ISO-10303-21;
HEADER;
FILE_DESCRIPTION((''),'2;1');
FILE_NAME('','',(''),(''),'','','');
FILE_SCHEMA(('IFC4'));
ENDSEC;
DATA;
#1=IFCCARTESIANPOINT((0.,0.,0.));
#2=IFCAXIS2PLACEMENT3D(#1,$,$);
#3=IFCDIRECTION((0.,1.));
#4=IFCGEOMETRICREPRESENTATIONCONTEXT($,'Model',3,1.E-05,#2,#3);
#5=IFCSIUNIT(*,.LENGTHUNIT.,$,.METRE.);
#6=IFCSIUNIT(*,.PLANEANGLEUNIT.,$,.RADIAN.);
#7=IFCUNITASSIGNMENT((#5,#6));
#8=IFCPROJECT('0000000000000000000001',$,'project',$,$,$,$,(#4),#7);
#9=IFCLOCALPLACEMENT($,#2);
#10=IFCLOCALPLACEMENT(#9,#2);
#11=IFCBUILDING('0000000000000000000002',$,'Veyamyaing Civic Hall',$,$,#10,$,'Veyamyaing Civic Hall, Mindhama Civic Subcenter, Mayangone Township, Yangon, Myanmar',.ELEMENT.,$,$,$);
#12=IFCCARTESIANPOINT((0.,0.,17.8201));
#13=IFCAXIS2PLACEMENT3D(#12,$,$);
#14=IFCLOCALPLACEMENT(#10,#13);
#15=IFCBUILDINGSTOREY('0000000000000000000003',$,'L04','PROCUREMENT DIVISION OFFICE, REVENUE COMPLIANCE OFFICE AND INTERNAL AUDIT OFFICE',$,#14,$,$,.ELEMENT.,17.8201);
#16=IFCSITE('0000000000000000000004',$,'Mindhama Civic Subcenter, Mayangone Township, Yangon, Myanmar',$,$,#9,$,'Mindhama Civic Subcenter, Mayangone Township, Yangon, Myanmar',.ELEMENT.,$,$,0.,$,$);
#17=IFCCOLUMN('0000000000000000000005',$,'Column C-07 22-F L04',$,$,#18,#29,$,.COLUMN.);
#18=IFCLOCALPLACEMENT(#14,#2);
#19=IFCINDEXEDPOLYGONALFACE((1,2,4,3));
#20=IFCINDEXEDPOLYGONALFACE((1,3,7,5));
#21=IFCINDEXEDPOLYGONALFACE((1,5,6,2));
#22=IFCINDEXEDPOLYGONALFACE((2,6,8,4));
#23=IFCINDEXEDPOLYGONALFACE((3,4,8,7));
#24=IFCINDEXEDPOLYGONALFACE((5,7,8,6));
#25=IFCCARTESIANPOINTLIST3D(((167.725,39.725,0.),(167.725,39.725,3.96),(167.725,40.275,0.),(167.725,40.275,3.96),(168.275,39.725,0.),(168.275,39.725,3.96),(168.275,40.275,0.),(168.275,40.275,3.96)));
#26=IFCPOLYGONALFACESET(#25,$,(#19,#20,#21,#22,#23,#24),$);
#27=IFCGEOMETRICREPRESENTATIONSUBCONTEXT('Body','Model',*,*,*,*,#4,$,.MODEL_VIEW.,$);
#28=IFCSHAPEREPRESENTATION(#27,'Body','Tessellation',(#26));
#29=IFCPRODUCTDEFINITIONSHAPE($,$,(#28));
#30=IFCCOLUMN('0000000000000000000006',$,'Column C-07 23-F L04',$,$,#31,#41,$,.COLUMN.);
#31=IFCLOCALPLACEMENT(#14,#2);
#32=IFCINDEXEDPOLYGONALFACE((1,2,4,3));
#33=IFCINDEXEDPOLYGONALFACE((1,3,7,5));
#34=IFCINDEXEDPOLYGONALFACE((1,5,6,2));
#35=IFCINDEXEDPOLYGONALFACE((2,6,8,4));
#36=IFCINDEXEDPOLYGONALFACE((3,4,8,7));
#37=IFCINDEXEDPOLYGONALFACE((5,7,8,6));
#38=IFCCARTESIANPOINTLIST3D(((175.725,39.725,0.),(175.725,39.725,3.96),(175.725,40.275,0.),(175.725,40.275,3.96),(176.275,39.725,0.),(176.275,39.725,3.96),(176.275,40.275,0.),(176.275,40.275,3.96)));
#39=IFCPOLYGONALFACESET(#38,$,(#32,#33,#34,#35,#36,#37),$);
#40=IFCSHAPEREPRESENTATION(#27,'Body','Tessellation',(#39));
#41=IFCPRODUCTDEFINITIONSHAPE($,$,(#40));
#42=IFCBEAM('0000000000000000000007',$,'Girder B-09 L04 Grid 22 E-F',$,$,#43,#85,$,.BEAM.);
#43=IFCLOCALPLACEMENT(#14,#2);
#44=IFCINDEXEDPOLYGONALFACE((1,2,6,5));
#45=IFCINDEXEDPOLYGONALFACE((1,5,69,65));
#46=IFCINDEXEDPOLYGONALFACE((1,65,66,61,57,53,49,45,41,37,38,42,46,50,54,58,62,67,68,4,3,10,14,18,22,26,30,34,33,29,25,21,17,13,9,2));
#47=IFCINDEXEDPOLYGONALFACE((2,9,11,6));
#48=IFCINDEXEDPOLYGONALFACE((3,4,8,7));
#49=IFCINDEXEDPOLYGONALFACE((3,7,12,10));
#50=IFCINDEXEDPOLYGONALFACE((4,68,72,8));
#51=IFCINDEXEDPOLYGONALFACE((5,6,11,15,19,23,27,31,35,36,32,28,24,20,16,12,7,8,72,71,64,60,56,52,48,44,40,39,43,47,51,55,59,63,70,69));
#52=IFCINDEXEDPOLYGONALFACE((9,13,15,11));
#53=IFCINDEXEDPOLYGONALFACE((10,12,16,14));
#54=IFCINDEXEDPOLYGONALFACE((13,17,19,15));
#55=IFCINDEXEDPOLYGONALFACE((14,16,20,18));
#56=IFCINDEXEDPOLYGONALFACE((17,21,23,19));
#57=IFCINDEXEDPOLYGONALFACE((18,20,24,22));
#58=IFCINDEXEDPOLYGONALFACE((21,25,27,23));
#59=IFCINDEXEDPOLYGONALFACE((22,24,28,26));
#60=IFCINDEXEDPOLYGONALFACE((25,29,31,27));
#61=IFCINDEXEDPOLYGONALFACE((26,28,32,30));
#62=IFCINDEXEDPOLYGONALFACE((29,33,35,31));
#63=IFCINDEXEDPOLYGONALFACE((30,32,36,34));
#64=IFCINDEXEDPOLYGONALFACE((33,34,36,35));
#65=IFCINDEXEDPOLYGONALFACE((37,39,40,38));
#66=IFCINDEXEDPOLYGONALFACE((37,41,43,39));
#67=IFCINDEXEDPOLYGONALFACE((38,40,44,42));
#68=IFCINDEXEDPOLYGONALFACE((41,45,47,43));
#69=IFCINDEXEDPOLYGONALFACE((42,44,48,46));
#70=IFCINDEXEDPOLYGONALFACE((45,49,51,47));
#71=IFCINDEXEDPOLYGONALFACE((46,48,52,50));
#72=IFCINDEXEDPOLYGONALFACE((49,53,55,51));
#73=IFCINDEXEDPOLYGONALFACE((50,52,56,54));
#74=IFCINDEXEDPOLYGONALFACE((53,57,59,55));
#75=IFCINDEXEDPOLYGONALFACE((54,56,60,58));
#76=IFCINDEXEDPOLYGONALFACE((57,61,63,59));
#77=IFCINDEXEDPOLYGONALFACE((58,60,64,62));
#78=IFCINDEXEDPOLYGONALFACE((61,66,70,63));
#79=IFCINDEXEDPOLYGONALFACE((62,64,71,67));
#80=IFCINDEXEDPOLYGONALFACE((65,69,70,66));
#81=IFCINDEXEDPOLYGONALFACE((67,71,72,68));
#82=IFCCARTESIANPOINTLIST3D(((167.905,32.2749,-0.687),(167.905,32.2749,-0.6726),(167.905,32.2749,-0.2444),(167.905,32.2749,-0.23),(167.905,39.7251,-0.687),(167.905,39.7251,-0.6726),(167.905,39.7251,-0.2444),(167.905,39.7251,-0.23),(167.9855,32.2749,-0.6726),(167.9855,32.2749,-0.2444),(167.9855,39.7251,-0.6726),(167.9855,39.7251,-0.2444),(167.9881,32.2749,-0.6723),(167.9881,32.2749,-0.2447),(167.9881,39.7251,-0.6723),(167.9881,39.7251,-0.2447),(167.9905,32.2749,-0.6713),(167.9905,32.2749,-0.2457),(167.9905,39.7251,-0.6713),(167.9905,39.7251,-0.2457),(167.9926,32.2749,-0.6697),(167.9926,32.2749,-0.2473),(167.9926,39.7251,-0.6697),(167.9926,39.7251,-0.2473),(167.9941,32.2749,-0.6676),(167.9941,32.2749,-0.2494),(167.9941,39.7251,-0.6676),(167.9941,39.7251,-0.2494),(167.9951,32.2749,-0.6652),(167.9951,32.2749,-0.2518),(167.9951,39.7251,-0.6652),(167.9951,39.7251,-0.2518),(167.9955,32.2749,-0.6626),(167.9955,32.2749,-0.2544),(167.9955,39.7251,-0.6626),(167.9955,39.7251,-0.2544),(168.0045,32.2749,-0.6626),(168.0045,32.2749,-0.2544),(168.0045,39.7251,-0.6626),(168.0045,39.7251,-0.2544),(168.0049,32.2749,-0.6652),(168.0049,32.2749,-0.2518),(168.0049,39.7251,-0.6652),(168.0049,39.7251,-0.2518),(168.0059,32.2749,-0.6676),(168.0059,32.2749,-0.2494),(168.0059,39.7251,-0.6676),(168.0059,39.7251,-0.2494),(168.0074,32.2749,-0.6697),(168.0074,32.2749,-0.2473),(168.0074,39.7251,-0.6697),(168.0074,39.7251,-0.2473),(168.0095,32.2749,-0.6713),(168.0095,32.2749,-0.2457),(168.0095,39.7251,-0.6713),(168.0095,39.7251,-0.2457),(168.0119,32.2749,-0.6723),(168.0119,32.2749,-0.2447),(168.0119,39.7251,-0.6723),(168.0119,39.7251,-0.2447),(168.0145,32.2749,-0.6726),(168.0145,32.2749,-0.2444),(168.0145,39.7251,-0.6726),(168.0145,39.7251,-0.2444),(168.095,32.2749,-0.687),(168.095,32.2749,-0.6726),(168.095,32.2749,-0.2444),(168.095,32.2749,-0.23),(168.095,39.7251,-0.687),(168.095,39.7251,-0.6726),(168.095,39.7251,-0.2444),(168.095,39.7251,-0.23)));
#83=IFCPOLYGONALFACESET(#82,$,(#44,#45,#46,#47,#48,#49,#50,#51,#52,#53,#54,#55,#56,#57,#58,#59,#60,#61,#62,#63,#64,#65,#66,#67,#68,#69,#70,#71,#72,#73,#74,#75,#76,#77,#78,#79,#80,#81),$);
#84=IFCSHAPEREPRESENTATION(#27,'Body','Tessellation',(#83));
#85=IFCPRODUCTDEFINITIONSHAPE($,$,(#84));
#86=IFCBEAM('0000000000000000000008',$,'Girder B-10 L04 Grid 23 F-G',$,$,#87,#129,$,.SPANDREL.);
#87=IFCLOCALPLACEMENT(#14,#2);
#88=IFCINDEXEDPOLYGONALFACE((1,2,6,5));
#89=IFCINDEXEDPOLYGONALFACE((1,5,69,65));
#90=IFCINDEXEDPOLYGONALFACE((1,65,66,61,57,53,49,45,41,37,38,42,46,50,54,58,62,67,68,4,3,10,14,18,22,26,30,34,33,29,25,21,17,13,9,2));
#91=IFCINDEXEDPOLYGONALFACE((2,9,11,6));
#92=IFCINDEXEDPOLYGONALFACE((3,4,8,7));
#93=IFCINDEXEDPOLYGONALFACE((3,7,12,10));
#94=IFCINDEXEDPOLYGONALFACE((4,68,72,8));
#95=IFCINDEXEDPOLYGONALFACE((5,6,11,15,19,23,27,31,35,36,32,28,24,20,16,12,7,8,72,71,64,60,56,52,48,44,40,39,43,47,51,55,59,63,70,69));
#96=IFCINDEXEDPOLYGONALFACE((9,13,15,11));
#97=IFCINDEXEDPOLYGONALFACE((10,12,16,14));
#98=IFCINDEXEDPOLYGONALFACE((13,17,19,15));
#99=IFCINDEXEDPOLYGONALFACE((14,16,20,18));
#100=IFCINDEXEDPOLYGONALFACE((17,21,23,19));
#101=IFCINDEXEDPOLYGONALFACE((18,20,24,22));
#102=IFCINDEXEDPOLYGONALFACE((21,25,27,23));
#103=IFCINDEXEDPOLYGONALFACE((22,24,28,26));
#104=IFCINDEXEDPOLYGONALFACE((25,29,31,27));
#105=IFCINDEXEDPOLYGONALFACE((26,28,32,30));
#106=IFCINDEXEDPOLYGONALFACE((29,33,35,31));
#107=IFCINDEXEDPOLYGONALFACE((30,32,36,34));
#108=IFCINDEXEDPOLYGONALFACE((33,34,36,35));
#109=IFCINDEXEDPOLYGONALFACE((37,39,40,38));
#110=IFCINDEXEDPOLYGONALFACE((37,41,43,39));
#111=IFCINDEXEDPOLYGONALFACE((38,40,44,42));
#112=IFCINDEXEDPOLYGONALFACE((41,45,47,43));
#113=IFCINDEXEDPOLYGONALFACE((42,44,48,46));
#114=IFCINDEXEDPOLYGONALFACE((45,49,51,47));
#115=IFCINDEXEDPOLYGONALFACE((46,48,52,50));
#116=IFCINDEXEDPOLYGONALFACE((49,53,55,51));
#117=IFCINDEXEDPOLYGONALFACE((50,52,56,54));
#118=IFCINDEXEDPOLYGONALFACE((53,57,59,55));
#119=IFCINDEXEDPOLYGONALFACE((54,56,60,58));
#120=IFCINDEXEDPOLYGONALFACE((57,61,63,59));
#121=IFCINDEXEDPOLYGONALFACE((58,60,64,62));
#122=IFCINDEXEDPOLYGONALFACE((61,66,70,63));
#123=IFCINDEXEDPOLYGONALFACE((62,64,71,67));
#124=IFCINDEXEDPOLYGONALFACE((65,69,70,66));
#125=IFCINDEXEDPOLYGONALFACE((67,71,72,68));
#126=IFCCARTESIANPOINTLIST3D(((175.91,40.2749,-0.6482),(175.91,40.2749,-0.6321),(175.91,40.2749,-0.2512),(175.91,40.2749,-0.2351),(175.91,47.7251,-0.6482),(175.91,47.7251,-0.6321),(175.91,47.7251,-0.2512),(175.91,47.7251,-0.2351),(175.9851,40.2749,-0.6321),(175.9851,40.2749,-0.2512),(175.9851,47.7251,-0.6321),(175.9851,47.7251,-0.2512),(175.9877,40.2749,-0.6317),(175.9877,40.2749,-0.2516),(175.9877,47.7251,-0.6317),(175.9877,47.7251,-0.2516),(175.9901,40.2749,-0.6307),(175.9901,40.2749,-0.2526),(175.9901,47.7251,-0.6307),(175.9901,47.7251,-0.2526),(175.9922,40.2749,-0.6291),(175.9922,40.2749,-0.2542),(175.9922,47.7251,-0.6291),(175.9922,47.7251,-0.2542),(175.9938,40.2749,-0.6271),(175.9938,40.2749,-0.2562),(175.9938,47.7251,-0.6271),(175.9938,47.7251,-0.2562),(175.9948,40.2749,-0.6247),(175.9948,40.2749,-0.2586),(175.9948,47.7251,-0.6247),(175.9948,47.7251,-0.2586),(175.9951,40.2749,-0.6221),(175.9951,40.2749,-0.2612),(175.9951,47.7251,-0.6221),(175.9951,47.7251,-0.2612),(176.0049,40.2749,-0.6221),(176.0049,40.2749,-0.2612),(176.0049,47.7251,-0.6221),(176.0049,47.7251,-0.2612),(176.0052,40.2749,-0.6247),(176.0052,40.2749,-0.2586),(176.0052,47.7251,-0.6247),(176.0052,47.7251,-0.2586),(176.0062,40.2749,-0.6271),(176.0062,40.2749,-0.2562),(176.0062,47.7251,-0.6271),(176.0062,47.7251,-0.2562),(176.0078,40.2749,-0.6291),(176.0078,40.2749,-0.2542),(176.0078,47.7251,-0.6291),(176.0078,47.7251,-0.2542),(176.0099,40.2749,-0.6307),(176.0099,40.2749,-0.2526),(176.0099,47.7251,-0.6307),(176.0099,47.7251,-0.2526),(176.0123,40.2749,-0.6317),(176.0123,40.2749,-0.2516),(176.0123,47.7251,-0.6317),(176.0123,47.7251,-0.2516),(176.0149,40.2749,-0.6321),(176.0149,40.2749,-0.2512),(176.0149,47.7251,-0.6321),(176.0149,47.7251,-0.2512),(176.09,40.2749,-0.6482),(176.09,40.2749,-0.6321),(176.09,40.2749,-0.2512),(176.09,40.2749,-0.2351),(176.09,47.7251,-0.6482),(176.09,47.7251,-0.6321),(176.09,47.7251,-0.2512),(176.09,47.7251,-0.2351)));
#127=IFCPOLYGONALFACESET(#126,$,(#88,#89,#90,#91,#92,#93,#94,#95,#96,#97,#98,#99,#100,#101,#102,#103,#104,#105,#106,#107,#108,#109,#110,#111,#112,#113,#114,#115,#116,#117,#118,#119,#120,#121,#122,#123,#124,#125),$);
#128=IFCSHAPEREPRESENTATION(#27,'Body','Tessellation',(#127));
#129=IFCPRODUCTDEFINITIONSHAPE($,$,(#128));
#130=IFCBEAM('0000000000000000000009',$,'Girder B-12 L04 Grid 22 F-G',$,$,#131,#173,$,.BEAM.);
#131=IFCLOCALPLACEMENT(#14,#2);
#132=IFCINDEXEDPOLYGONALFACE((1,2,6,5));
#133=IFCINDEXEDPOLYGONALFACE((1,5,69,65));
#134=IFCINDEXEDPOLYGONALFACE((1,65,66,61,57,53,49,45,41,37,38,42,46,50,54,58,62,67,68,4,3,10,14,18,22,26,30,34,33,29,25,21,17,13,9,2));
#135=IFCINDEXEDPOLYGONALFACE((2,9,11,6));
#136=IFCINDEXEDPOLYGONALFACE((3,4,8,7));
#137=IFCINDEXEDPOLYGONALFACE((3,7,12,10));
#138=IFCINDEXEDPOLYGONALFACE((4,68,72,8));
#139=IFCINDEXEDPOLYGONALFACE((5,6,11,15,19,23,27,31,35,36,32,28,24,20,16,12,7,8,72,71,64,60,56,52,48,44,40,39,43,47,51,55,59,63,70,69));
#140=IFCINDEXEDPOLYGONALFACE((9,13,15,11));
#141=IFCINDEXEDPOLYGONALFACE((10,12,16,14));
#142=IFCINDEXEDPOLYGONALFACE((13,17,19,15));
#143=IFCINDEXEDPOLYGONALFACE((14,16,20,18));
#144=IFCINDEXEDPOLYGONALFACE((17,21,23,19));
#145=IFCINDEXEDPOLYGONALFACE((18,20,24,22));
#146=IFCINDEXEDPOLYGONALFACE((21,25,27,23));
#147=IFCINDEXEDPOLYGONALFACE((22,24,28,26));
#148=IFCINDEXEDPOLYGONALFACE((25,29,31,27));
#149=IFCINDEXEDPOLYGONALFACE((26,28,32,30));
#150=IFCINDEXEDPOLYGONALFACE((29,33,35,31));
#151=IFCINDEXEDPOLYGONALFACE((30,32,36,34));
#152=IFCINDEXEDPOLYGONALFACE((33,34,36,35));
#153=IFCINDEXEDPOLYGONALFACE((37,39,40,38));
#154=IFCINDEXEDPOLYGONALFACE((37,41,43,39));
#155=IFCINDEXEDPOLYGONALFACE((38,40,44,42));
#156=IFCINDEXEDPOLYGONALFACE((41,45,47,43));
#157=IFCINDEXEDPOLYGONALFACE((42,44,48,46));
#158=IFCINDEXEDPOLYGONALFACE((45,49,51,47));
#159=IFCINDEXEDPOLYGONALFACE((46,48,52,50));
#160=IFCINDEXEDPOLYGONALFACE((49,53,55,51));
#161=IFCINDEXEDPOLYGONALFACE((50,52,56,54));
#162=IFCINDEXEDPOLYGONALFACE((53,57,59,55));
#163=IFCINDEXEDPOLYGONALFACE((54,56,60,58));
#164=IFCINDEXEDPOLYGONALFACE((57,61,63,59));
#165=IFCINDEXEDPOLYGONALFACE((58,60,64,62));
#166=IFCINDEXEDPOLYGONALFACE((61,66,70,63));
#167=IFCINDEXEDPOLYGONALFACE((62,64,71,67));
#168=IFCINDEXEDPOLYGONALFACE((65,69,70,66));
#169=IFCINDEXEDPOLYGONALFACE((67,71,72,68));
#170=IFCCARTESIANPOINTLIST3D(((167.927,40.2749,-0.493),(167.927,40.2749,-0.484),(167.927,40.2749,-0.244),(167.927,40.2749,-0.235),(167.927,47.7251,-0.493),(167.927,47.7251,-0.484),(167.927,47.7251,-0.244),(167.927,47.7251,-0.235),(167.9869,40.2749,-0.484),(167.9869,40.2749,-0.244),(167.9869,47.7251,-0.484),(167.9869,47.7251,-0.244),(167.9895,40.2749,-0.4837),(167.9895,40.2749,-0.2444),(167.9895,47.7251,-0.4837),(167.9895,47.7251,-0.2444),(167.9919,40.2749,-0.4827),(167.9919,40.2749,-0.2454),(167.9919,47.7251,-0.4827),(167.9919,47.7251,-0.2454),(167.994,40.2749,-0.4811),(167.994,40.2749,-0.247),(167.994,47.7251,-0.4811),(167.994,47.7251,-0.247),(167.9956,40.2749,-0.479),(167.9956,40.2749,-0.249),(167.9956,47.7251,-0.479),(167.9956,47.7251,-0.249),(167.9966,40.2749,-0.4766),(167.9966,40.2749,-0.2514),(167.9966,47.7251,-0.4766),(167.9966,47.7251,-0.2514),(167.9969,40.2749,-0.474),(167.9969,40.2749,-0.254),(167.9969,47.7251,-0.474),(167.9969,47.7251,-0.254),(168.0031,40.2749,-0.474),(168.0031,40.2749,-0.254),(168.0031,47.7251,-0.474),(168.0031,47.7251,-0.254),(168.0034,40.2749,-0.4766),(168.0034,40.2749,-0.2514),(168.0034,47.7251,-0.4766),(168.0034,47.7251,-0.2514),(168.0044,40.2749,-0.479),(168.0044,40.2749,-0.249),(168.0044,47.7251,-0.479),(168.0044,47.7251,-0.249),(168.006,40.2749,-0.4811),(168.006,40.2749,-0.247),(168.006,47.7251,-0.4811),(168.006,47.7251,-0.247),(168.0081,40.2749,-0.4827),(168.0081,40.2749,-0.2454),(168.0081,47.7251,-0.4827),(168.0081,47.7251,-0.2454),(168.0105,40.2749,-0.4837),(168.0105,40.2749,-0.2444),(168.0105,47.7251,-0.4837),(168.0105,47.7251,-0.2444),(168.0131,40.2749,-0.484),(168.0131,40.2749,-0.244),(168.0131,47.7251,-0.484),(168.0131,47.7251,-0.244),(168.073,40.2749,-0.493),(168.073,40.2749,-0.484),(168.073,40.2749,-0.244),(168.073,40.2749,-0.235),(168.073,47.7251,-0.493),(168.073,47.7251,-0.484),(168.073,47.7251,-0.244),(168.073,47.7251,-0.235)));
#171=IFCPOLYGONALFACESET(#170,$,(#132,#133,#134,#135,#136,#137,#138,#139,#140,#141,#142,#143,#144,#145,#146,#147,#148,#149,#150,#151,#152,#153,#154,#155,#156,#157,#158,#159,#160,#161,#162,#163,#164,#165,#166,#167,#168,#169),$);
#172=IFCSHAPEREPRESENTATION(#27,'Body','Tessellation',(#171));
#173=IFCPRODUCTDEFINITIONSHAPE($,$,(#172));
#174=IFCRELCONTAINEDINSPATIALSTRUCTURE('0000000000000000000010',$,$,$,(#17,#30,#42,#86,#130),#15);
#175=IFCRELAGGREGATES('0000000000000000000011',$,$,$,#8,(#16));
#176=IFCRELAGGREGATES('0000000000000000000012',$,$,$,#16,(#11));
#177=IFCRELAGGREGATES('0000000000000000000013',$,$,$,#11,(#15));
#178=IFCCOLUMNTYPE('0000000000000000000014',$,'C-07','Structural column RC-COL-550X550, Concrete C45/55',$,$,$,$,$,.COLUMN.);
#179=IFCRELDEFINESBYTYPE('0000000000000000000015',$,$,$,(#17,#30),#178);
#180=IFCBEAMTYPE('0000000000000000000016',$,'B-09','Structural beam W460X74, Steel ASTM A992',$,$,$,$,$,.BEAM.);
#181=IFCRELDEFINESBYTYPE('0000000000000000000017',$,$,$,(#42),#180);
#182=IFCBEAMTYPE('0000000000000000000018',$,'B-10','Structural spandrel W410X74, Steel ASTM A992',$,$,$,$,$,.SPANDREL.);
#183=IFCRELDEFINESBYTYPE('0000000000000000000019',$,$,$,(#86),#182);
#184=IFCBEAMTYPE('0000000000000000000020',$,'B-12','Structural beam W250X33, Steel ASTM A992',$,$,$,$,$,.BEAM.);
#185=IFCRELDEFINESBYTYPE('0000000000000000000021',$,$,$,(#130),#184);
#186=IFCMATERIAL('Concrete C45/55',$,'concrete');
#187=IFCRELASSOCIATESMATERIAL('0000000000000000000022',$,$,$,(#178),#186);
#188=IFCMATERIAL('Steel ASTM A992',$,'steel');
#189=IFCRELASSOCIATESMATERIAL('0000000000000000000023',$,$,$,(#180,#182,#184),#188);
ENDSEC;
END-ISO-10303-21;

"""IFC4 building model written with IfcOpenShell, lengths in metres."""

from ifc_helpers import new_model, si_unit, direction, frame, origin, origin_2d, place, context, subcontext, project, spatial, rectangle, i_section, extrude, material, material_profile, profile_set, type_object, element, save


model = new_model("IFC4")

# Units and contexts
model_context = context("Model", 3, precision=1e-05, world=origin(), true_north=direction((0.0, 1.0)))
body_context = subcontext(model_context, "Body", "Model", "MODEL_VIEW")
ifc_project = project(units=[si_unit("LENGTHUNIT", "METRE"), si_unit("PLANEANGLEUNIT", "RADIAN")], contexts=[model_context])

# Site, building, storey
site_placement = place(None, origin())
site = spatial("IfcSite", under=ifc_project, at=site_placement, Name="Mindhama Civic Subcenter, Mayangone Township, Yangon, Myanmar", LongName="Mindhama Civic Subcenter, Mayangone Township, Yangon, Myanmar", CompositionType="ELEMENT", RefElevation=0.0)
building_placement = place(site_placement, origin())
building = spatial("IfcBuilding", under=site, at=building_placement, Name="Veyamyaing Civic Hall", LongName="Veyamyaing Civic Hall, Mindhama Civic Subcenter, Mayangone Township, Yangon, Myanmar", CompositionType="ELEMENT")
storey_placement = place(building_placement, frame((0.0, 0.0, 17.8201)))
storey = spatial("IfcBuildingStorey", under=building, at=storey_placement, Name="L04", Description="PROCUREMENT DIVISION OFFICE, REVENUE COMPLIANCE OFFICE AND INTERNAL AUDIT OFFICE", CompositionType="ELEMENT", Elevation=17.8201)

# Columns
ifc_material_1 = material(Name="Concrete C45/55", Category="concrete")
ifc_material_profile_1 = material_profile(ifc_material_1, rectangle(XDim=0.55, YDim=0.55, at=origin_2d()), Name="RC-COL-550X550")
ifc_profile_set_1 = profile_set([ifc_material_profile_1], Name="Concrete C45/55")
column_type = type_object("IfcColumnType", Name="C-07", Description="Structural column RC-COL-550X550, Concrete C45/55", PredefinedType="COLUMN", material=ifc_profile_set_1)
for number, where, z_axis, x_axis, name in (
    (1, (168.0, 40.0, 0.0), (0.0, 0.0, 1.0), (1.0, 0.0, 0.0), "Column C-07 22-F L04"),
    (2, (176.0, 40.0, 0.0), (0.0, 0.0, 1.0), (1.0, 0.0, 0.0), "Column C-07 23-F L04"),
):
    element("IfcColumn", number, at=place(storey_placement, frame(where, z_axis=z_axis, x_axis=x_axis)), inside=storey, type_object=column_type, Name=name, PredefinedType="COLUMN", context=body_context, shape_type="SweptSolid", body=[
        extrude(rectangle(XDim=0.55, YDim=0.55, at=origin_2d()), origin(), (0.0, 0.0, 1.0), 3.96),
    ])

# Beams
ifc_material_2 = material(Name="Steel ASTM A992", Category="steel")
ifc_material_profile_2 = material_profile(ifc_material_2, i_section(OverallWidth=0.1899, OverallDepth=0.457, WebThickness=0.009, FlangeThickness=0.0144, FilletRadius=0.01, at=origin_2d()), Name="W460X74")
ifc_profile_set_2 = profile_set([ifc_material_profile_2], Name="Steel ASTM A992")
beam_type_1 = type_object("IfcBeamType", Name="B-09", Description="Structural beam W460X74, Steel ASTM A992", PredefinedType="BEAM", material=ifc_profile_set_2)
beam_1_placement = place(storey_placement, frame((168.0, 32.2749, -0.4585), z_axis=(0.0, 1.0, 0.0), x_axis=(-1.0, 0.0, 0.0)))
element("IfcBeam", 3, at=beam_1_placement, inside=storey, type_object=beam_type_1, Name="Girder B-09 L04 Grid 22 E-F", PredefinedType="BEAM", context=body_context, shape_type="SweptSolid", body=[
    extrude(i_section(OverallWidth=0.1899, OverallDepth=0.457, WebThickness=0.009, FlangeThickness=0.0144, FilletRadius=0.01, at=origin_2d()), origin(), (0.0, 0.0, 1.0), 7.4502),
])
ifc_material_profile_3 = material_profile(ifc_material_2, i_section(OverallWidth=0.1799, OverallDepth=0.4131, WebThickness=0.0098, FlangeThickness=0.0161, FilletRadius=0.01, at=origin_2d()), Name="W410X74")
ifc_profile_set_3 = profile_set([ifc_material_profile_3], Name="Steel ASTM A992")
beam_type_2 = type_object("IfcBeamType", Name="B-10", Description="Structural spandrel W410X74, Steel ASTM A992", PredefinedType="SPANDREL", material=ifc_profile_set_3)
beam_2_placement = place(storey_placement, frame((176.0, 40.2749, -0.4417), z_axis=(0.0, 1.0, 0.0), x_axis=(-1.0, 0.0, 0.0)))
element("IfcBeam", 4, at=beam_2_placement, inside=storey, type_object=beam_type_2, Name="Girder B-10 L04 Grid 23 F-G", PredefinedType="SPANDREL", context=body_context, shape_type="SweptSolid", body=[
    extrude(i_section(OverallWidth=0.1799, OverallDepth=0.4131, WebThickness=0.0098, FlangeThickness=0.0161, FilletRadius=0.01, at=origin_2d()), origin(), (0.0, 0.0, 1.0), 7.4502),
])
ifc_material_profile_4 = material_profile(ifc_material_2, i_section(OverallWidth=0.146, OverallDepth=0.2581, WebThickness=0.0061, FlangeThickness=0.009, FilletRadius=0.01, at=origin_2d()), Name="W250X33")
ifc_profile_set_4 = profile_set([ifc_material_profile_4], Name="Steel ASTM A992")
beam_type_3 = type_object("IfcBeamType", Name="B-12", Description="Structural beam W250X33, Steel ASTM A992", PredefinedType="BEAM", material=ifc_profile_set_4)
beam_3_placement = place(storey_placement, frame((168.0, 40.2749, -0.364), z_axis=(0.0, 1.0, 0.0), x_axis=(-1.0, 0.0, 0.0)))
element("IfcBeam", 5, at=beam_3_placement, inside=storey, type_object=beam_type_3, Name="Girder B-12 L04 Grid 22 F-G", PredefinedType="BEAM", context=body_context, shape_type="SweptSolid", body=[
    extrude(i_section(OverallWidth=0.146, OverallDepth=0.2581, WebThickness=0.0061, FlangeThickness=0.009, FilletRadius=0.01, at=origin_2d()), origin(), (0.0, 0.0, 1.0), 7.4502),
])

save(model, "model.ifc")
